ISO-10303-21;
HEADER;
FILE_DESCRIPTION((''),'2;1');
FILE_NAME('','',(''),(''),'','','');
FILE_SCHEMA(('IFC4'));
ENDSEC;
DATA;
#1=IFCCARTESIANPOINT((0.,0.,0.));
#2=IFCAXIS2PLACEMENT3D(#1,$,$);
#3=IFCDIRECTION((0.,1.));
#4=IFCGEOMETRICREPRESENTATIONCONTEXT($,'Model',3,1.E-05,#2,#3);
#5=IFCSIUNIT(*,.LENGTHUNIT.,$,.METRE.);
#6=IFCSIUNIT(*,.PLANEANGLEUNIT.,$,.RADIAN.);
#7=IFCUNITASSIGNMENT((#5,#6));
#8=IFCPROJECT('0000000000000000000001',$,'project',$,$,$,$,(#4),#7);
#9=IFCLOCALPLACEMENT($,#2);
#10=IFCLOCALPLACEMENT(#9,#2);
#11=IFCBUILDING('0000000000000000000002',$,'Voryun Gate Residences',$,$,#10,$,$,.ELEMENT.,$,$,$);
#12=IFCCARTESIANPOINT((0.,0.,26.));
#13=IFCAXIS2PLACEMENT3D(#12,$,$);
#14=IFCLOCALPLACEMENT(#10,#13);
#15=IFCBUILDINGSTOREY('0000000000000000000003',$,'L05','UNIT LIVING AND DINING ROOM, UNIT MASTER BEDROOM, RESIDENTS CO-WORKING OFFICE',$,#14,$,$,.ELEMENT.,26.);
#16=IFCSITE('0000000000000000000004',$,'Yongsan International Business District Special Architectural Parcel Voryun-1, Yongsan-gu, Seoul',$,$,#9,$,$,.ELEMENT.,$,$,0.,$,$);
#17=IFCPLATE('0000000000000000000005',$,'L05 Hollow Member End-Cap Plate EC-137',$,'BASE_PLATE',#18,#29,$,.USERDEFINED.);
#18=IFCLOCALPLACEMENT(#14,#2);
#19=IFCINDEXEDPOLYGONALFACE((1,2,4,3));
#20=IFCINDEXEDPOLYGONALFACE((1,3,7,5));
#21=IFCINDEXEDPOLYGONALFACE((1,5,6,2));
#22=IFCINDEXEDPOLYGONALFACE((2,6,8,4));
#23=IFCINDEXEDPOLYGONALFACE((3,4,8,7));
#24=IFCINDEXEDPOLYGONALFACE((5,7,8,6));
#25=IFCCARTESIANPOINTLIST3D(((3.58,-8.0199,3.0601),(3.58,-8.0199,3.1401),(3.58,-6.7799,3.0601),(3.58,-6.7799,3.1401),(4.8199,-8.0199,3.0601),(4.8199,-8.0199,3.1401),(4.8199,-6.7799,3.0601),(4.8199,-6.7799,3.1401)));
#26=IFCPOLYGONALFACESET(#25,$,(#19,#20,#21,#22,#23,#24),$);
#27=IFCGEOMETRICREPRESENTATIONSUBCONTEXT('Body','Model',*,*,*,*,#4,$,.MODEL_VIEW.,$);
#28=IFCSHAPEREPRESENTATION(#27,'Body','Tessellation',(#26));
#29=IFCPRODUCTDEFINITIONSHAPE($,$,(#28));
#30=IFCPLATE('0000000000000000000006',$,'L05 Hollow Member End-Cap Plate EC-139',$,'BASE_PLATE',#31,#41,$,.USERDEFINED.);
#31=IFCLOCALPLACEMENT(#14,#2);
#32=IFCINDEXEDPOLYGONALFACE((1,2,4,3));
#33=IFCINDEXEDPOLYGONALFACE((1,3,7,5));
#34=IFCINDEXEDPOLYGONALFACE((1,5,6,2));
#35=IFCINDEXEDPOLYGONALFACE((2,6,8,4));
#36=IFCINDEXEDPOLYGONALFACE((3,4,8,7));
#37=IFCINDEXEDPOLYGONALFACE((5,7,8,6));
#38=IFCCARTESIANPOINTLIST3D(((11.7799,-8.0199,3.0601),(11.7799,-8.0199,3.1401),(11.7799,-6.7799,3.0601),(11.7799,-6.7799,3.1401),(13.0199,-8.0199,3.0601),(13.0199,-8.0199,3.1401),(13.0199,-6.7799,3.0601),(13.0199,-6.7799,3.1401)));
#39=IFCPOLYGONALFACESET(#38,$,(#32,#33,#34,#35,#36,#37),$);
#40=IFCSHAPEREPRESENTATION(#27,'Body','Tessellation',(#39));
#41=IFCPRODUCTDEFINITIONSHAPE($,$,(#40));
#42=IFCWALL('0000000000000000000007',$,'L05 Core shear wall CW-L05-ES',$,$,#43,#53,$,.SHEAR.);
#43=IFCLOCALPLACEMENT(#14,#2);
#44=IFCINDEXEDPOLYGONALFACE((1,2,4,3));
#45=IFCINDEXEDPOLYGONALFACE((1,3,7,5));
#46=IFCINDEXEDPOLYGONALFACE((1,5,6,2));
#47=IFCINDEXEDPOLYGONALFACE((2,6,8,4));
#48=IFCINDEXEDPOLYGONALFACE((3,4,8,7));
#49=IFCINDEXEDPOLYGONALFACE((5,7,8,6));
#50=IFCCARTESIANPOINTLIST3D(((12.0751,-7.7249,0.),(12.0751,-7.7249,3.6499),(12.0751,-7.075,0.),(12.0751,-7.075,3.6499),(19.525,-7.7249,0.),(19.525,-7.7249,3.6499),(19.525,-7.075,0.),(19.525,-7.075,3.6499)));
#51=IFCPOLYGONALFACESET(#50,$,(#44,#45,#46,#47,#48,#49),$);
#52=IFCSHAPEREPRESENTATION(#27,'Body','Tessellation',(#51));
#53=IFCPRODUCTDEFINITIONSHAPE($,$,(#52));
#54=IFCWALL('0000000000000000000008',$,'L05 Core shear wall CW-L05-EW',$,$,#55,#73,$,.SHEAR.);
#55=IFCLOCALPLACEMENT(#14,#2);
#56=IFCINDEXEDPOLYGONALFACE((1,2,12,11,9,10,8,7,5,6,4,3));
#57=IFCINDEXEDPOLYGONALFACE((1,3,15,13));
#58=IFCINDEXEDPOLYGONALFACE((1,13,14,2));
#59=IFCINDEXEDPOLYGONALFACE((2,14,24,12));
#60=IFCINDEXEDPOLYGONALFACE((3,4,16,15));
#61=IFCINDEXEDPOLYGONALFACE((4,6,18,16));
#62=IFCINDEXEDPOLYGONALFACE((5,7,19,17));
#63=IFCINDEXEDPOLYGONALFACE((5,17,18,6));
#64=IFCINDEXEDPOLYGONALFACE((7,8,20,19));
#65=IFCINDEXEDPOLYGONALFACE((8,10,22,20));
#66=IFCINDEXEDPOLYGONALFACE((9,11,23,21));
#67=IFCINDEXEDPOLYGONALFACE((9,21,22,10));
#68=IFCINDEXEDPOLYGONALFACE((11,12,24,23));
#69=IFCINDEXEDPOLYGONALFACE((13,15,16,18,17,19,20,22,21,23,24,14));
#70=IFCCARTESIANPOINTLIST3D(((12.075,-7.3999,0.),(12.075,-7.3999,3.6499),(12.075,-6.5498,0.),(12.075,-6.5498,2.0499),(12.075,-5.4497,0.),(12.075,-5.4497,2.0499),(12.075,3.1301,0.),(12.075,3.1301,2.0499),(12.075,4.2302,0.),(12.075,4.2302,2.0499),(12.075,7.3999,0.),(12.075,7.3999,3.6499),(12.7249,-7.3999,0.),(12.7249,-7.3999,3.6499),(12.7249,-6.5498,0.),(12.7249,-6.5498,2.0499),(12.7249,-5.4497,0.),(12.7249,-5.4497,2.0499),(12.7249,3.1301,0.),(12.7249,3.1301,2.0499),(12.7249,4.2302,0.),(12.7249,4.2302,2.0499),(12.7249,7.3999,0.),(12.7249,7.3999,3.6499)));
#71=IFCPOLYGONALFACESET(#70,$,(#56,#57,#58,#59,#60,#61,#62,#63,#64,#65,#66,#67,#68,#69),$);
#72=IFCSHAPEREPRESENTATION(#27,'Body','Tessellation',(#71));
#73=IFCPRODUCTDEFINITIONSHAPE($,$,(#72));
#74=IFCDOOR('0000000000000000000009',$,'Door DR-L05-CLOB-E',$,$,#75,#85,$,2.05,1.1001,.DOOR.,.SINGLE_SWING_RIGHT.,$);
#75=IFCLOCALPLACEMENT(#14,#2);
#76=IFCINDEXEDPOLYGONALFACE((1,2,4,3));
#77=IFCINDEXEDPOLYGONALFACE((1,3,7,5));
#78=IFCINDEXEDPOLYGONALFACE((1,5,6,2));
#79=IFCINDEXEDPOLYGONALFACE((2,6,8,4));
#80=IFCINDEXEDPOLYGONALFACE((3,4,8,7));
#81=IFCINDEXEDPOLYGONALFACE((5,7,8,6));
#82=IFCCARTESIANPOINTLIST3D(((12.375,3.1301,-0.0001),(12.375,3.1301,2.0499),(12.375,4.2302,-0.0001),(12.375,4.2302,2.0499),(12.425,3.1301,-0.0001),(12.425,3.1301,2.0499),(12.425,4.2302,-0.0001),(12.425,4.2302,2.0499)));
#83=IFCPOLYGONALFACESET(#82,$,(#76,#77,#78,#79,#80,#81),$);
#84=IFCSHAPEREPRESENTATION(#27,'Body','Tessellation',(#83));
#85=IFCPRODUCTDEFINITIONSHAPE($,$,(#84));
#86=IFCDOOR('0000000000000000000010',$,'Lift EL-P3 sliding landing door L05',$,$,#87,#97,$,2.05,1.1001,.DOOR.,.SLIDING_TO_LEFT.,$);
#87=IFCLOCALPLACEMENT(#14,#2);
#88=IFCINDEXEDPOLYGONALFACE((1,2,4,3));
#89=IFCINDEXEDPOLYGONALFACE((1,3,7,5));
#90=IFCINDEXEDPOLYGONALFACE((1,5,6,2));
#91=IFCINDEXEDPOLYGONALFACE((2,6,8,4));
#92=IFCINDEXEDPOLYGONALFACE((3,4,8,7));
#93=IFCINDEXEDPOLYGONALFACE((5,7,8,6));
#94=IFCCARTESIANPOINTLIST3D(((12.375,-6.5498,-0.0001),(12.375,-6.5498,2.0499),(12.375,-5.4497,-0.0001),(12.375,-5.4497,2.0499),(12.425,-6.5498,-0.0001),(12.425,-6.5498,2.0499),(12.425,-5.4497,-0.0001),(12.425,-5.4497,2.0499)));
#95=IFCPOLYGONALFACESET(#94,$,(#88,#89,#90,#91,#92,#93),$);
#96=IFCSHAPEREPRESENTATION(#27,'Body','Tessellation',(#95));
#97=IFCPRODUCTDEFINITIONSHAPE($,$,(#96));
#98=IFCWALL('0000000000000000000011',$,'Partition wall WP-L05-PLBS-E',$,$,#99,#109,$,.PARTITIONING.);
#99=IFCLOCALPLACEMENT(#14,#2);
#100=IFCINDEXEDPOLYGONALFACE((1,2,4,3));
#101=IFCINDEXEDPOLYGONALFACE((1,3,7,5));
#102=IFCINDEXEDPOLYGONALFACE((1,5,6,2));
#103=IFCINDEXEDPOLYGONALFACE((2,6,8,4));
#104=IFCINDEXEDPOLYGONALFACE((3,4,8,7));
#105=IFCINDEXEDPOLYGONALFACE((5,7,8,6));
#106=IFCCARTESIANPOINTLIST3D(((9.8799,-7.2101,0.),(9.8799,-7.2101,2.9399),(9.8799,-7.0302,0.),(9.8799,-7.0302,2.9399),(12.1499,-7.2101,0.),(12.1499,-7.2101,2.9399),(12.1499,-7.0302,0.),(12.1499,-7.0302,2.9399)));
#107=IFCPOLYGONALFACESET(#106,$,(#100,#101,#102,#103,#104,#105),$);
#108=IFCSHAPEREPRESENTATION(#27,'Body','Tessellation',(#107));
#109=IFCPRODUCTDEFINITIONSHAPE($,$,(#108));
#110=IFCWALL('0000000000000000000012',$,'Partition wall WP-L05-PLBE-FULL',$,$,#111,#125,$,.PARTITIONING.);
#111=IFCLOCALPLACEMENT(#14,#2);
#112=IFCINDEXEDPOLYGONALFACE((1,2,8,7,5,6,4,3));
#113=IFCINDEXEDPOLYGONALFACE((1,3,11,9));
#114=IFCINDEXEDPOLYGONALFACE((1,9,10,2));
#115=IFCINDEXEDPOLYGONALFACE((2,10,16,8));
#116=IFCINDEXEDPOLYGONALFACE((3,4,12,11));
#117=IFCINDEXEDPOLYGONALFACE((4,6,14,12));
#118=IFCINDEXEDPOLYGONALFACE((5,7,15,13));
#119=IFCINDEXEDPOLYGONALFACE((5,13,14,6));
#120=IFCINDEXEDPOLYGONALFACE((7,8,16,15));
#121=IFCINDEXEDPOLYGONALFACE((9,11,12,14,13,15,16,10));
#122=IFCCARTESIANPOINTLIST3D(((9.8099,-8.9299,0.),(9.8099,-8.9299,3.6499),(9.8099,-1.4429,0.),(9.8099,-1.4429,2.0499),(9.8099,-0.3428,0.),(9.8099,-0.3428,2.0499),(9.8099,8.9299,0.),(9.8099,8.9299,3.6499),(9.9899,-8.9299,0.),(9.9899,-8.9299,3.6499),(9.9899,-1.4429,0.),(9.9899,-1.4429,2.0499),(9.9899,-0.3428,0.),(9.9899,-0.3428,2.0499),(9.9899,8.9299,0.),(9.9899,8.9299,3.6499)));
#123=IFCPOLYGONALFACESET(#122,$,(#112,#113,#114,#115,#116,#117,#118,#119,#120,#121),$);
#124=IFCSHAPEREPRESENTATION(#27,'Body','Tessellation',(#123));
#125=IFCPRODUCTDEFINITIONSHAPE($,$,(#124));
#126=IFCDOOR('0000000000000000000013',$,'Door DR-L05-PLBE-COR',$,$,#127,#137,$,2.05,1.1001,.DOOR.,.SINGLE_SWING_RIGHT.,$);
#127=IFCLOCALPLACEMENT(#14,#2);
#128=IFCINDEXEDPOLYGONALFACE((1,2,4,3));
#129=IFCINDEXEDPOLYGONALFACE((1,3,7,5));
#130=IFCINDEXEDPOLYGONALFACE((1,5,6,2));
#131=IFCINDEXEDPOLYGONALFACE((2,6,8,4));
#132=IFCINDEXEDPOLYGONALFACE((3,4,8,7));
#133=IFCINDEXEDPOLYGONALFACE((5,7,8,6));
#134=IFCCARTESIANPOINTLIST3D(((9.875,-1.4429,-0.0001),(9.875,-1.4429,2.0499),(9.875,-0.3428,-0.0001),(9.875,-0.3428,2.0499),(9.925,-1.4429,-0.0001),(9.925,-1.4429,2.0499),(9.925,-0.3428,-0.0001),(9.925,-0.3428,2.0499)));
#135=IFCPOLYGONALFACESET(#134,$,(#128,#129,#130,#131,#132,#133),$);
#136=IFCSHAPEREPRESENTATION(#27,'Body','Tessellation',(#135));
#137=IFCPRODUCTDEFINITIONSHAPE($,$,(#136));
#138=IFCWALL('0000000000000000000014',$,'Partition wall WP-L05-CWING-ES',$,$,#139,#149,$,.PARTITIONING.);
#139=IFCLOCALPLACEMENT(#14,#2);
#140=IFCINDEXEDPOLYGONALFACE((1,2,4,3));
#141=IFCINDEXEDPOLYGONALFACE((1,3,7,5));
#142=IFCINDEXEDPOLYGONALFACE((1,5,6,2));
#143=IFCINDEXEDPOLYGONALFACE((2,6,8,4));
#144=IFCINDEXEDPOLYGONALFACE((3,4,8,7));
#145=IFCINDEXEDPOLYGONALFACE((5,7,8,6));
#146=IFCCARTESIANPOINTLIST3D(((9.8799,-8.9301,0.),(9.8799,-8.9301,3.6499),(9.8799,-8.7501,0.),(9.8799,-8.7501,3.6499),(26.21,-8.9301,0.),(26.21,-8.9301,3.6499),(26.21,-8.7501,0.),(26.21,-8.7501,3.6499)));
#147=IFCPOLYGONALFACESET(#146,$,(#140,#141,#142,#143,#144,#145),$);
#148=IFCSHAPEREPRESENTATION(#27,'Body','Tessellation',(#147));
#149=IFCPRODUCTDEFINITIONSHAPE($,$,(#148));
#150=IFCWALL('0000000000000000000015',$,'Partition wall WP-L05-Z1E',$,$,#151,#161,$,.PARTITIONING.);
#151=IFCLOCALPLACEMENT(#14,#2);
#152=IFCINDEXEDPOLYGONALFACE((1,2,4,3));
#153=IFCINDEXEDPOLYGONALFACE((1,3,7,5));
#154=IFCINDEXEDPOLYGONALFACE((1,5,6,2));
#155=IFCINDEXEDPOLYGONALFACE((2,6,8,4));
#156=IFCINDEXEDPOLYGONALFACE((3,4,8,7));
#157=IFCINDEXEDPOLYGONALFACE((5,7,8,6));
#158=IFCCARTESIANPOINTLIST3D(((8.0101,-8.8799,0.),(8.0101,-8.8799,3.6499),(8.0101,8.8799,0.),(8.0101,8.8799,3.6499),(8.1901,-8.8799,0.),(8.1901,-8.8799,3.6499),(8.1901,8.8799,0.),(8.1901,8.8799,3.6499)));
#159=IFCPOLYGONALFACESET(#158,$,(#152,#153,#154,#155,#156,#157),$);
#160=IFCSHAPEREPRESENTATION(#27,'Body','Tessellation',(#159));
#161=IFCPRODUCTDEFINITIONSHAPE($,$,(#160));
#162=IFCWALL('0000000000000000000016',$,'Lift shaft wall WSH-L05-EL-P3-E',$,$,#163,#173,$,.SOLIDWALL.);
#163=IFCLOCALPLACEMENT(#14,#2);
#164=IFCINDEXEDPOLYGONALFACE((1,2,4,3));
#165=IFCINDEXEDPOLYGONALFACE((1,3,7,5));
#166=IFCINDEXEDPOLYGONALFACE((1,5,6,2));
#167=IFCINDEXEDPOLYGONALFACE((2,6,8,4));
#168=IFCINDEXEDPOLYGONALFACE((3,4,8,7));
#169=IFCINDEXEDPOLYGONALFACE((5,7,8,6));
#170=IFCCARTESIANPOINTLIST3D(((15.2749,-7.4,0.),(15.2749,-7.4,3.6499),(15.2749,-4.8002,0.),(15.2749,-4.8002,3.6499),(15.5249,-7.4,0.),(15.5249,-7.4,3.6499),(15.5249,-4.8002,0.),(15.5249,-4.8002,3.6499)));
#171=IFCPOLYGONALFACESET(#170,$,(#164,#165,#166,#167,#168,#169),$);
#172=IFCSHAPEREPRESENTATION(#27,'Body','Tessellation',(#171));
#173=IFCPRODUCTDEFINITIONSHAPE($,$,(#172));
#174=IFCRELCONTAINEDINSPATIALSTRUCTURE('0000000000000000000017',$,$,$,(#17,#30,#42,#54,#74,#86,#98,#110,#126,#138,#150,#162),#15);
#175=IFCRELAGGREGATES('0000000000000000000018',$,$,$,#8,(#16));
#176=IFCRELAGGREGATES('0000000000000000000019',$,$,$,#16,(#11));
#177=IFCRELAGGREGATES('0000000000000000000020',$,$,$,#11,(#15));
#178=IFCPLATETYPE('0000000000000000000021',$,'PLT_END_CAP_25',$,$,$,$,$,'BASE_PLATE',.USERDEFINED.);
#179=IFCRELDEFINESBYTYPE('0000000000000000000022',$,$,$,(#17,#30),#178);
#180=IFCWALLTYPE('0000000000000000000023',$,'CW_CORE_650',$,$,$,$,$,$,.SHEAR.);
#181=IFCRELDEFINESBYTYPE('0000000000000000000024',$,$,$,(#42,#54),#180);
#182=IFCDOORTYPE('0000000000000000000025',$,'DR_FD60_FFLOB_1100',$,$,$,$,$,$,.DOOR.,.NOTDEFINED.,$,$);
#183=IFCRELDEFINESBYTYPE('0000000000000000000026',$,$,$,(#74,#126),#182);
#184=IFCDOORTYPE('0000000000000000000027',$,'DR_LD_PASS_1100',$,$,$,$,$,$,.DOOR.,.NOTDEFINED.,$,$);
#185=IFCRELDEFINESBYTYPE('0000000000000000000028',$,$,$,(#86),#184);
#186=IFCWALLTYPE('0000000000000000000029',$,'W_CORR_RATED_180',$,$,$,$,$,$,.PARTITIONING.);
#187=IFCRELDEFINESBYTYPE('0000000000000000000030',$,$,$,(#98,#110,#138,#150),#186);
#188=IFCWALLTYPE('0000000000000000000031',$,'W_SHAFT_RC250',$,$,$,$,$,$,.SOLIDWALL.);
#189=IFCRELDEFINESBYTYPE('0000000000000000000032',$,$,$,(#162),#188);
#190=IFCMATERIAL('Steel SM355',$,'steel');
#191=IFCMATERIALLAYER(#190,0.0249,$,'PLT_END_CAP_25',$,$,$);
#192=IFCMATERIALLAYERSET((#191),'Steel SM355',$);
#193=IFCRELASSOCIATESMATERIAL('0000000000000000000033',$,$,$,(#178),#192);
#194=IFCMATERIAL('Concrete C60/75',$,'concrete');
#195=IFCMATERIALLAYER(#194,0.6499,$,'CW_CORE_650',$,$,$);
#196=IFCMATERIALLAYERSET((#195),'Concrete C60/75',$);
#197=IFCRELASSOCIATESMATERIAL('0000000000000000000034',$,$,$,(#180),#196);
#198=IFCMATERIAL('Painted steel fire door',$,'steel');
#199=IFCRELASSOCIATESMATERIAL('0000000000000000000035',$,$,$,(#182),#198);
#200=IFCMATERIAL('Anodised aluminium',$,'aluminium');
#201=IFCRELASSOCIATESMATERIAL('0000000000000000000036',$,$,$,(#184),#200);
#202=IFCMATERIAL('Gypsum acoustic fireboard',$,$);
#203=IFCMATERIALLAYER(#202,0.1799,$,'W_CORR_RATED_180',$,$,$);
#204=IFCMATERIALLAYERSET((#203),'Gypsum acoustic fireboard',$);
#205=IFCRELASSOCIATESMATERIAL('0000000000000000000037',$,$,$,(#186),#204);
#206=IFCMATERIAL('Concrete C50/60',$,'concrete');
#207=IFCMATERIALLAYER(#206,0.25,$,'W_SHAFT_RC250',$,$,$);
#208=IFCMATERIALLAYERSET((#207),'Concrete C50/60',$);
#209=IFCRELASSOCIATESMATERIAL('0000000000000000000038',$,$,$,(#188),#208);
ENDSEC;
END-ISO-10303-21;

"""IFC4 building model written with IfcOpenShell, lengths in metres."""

from ifc_helpers import new_model, si_unit, direction, frame, frame_2d, origin, origin_2d, place, context, subcontext, project, spatial, rectangle, extrude, material, layer, layer_set, type_object, element, fill, save


model = new_model("IFC4")

# Units and contexts
model_context = context("Model", 3, precision=1e-05, world=origin(), true_north=direction((0.0, 1.0)))
body_context = subcontext(model_context, "Body", "Model", "MODEL_VIEW")
ifc_project = project(units=[si_unit("LENGTHUNIT", "METRE"), si_unit("PLANEANGLEUNIT", "RADIAN")], contexts=[model_context])

# Site, building, storey
site_placement = place(None, origin())
site = spatial("IfcSite", under=ifc_project, at=site_placement, Name="Yongsan International Business District Special Architectural Parcel Voryun-1, Yongsan-gu, Seoul", CompositionType="ELEMENT", RefElevation=0.0)
building_placement = place(site_placement, origin())
building = spatial("IfcBuilding", under=site, at=building_placement, Name="Voryun Gate Residences", CompositionType="ELEMENT")
storey_placement = place(building_placement, frame((0.0, 0.0, 26.0)))
storey = spatial("IfcBuildingStorey", under=building, at=storey_placement, Name="L05", Description="UNIT LIVING AND DINING ROOM, UNIT MASTER BEDROOM, RESIDENTS CO-WORKING OFFICE", CompositionType="ELEMENT", Elevation=26.0)

# Plates
ifc_material_1 = material(Name="Steel SM355", Category="steel")
ifc_layer_1 = layer(ifc_material_1, 0.0249, Name="PLT_END_CAP_25")
ifc_layer_set_1 = layer_set([ifc_layer_1], Name="Steel SM355")
plate_type = type_object("IfcPlateType", Name="PLT_END_CAP_25", ElementType="BASE_PLATE", PredefinedType="USERDEFINED", material=ifc_layer_set_1)
for number, where, z_axis, x_axis, name in (
    (1, (4.2, -7.3999, 3.0601), (0.0, 0.0, 1.0), (1.0, 0.0, 0.0), "L05 Hollow Member End-Cap Plate EC-137"),
    (2, (12.3999, -7.3999, 3.0601), (0.0, 0.0, 1.0), (1.0, 0.0, 0.0), "L05 Hollow Member End-Cap Plate EC-139"),
):
    element("IfcPlate", number, at=place(storey_placement, frame(where, z_axis=z_axis, x_axis=x_axis)), inside=storey, type_object=plate_type, Name=name, ObjectType="BASE_PLATE", PredefinedType="USERDEFINED", context=body_context, shape_type="SweptSolid", body=[
        extrude(rectangle(XDim=1.24, YDim=1.24, at=origin_2d()), origin(), (0.0, 0.0, 1.0), 0.0801),
    ])

# Wall
ifc_material_2 = material(Name="Concrete C60/75", Category="concrete")
ifc_layer_2 = layer(ifc_material_2, 0.6499, Name="CW_CORE_650")
ifc_layer_set_2 = layer_set([ifc_layer_2], Name="Concrete C60/75")
wall_type_1 = type_object("IfcWallType", Name="CW_CORE_650", PredefinedType="SHEAR", material=ifc_layer_set_2)
wall_1_placement = place(storey_placement, frame((12.075, -7.3999, 0.0), z_axis=(0.0, 0.0, 1.0), x_axis=(1.0, 0.0, 0.0)))
element("IfcWall", 3, at=wall_1_placement, inside=storey, type_object=wall_type_1, Name="L05 Core shear wall CW-L05-ES", PredefinedType="SHEAR", context=body_context, shape_type="SweptSolid", body=[
    extrude(rectangle(XDim=7.45, YDim=0.6499, at=frame_2d((3.7251, 0.0))), origin(), (0.0, 0.0, 1.0), 3.6499),
])

# Wall, openings, doors
wall_2_placement = place(storey_placement, frame((12.3999, -7.3999, 0.0), z_axis=(0.0, 0.0, 1.0), x_axis=(0.0, 1.0, 0.0)))
wall_2 = element("IfcWall", 4, at=wall_2_placement, inside=storey, type_object=wall_type_1, Name="L05 Core shear wall CW-L05-EW", PredefinedType="SHEAR", context=body_context, shape_type="SweptSolid", body=[
    extrude(rectangle(XDim=14.7998, YDim=0.6499, at=frame_2d((7.3999, 0.0))), origin(), (0.0, 0.0, 1.0), 3.6499),
])
opening_1_placement = place(wall_2_placement, frame((0.8501, 0.0, 0.0)))
opening_1 = element("IfcOpeningElement", 5, at=opening_1_placement, cuts=wall_2, PredefinedType="OPENING", context=body_context, shape_type="SweptSolid", body=[
    extrude(rectangle(XDim=1.1001, YDim=2.05, at=frame_2d((0.55, 1.0249))), frame((0.0, 0.335, 0.0), z_axis=(0.0, -1.0, 0.0), x_axis=(1.0, 0.0, 0.0)), (0.0, 0.0, 1.0), 0.6699),
])
opening_2_placement = place(wall_2_placement, frame((10.53, 0.0, 0.0)))
opening_2 = element("IfcOpeningElement", 6, at=opening_2_placement, cuts=wall_2, PredefinedType="OPENING", context=body_context, shape_type="SweptSolid", body=[
    extrude(rectangle(XDim=1.1001, YDim=2.05, at=frame_2d((0.55, 1.0249))), frame((0.0, 0.335, 0.0), z_axis=(0.0, -1.0, 0.0), x_axis=(1.0, 0.0, 0.0)), (0.0, 0.0, 1.0), 0.6699),
])
ifc_material_3 = material(Name="Painted steel fire door", Category="steel")
door_type_1 = type_object("IfcDoorType", Name="DR_FD60_FFLOB_1100", OperationType="NOTDEFINED", PredefinedType="DOOR", material=ifc_material_3)
door_1_placement = place(opening_2_placement, origin())
door_1 = element("IfcDoor", 7, at=door_1_placement, inside=storey, type_object=door_type_1, Name="Door DR-L05-CLOB-E", OperationType="SINGLE_SWING_RIGHT", OverallHeight=2.05, OverallWidth=1.1001, PredefinedType="DOOR", context=body_context, shape_type="SweptSolid", body=[
    extrude(rectangle(XDim=1.1001, YDim=2.05, at=frame_2d((0.55, 1.0249))), frame((0.0, 0.0249, 0.0), z_axis=(0.0, -1.0, 0.0), x_axis=(1.0, 0.0, 0.0)), (0.0, 0.0, 1.0), 0.05),
])
fill(opening_2, door_1)
ifc_material_4 = material(Name="Anodised aluminium", Category="aluminium")
door_type_2 = type_object("IfcDoorType", Name="DR_LD_PASS_1100", OperationType="NOTDEFINED", PredefinedType="DOOR", material=ifc_material_4)
door_2_placement = place(opening_1_placement, origin())
door_2 = element("IfcDoor", 8, at=door_2_placement, inside=storey, type_object=door_type_2, Name="Lift EL-P3 sliding landing door L05", OperationType="SLIDING_TO_LEFT", OverallHeight=2.05, OverallWidth=1.1001, PredefinedType="DOOR", context=body_context, shape_type="SweptSolid", body=[
    extrude(rectangle(XDim=1.1001, YDim=2.05, at=frame_2d((0.55, 1.0249))), frame((0.0, 0.0249, 0.0), z_axis=(0.0, -1.0, 0.0), x_axis=(1.0, 0.0, 0.0)), (0.0, 0.0, 1.0), 0.05),
])
fill(opening_1, door_2)

# Wall
ifc_material_5 = material(Name="Gypsum acoustic fireboard")
ifc_layer_3 = layer(ifc_material_5, 0.1799, Name="W_CORR_RATED_180")
ifc_layer_set_3 = layer_set([ifc_layer_3], Name="Gypsum acoustic fireboard")
wall_type_2 = type_object("IfcWallType", Name="W_CORR_RATED_180", PredefinedType="PARTITIONING", material=ifc_layer_set_3)
wall_3_placement = place(storey_placement, frame((9.8799, -7.1201, 0.0), z_axis=(0.0, 0.0, 1.0), x_axis=(1.0, 0.0, 0.0)))
element("IfcWall", 9, at=wall_3_placement, inside=storey, type_object=wall_type_2, Name="Partition wall WP-L05-PLBS-E", PredefinedType="PARTITIONING", context=body_context, shape_type="SweptSolid", body=[
    extrude(rectangle(XDim=2.27, YDim=0.1799, at=frame_2d((1.135, 0.0))), origin(), (0.0, 0.0, 1.0), 2.9399),
])

# Wall, opening, door
wall_4_placement = place(storey_placement, frame((9.8999, -8.9299, 0.0), z_axis=(0.0, 0.0, 1.0), x_axis=(0.0, 1.0, 0.0)))
wall_4 = element("IfcWall", 10, at=wall_4_placement, inside=storey, type_object=wall_type_2, Name="Partition wall WP-L05-PLBE-FULL", PredefinedType="PARTITIONING", context=body_context, shape_type="SweptSolid", body=[
    extrude(rectangle(XDim=17.8599, YDim=0.1799, at=frame_2d((8.9299, 0.0))), origin(), (0.0, 0.0, 1.0), 3.6499),
])
opening_3_placement = place(wall_4_placement, frame((7.4871, 0.0, 0.0)))
opening_3 = element("IfcOpeningElement", 11, at=opening_3_placement, cuts=wall_4, PredefinedType="OPENING", context=body_context, shape_type="SweptSolid", body=[
    extrude(rectangle(XDim=1.1001, YDim=2.05, at=frame_2d((0.55, 1.0249))), frame((0.0, 0.0999, 0.0), z_axis=(0.0, -1.0, 0.0), x_axis=(1.0, 0.0, 0.0)), (0.0, 0.0, 1.0), 0.2),
])
door_3_placement = place(opening_3_placement, origin())
door_3 = element("IfcDoor", 12, at=door_3_placement, inside=storey, type_object=door_type_1, Name="Door DR-L05-PLBE-COR", OperationType="SINGLE_SWING_RIGHT", OverallHeight=2.05, OverallWidth=1.1001, PredefinedType="DOOR", context=body_context, shape_type="SweptSolid", body=[
    extrude(rectangle(XDim=1.1001, YDim=2.05, at=frame_2d((0.55, 1.0249))), frame((0.0, 0.0249, 0.0), z_axis=(0.0, -1.0, 0.0), x_axis=(1.0, 0.0, 0.0)), (0.0, 0.0, 1.0), 0.05),
])
fill(opening_3, door_3)

# Walls
wall_5_placement = place(storey_placement, frame((9.8799, -8.8401, 0.0), z_axis=(0.0, 0.0, 1.0), x_axis=(1.0, 0.0, 0.0)))
element("IfcWall", 13, at=wall_5_placement, inside=storey, type_object=wall_type_2, Name="Partition wall WP-L05-CWING-ES", PredefinedType="PARTITIONING", context=body_context, shape_type="SweptSolid", body=[
    extrude(rectangle(XDim=16.3301, YDim=0.1799, at=frame_2d((8.165, 0.0))), origin(), (0.0, 0.0, 1.0), 3.6499),
])
wall_6_placement = place(storey_placement, frame((8.1001, -8.8799, 0.0), z_axis=(0.0, 0.0, 1.0), x_axis=(0.0, 1.0, 0.0)))
element("IfcWall", 14, at=wall_6_placement, inside=storey, type_object=wall_type_2, Name="Partition wall WP-L05-Z1E", PredefinedType="PARTITIONING", context=body_context, shape_type="SweptSolid", body=[
    extrude(rectangle(XDim=17.7598, YDim=0.1799, at=frame_2d((8.8799, 0.0))), origin(), (0.0, 0.0, 1.0), 3.6499),
])
ifc_material_6 = material(Name="Concrete C50/60", Category="concrete")
ifc_layer_4 = layer(ifc_material_6, 0.25, Name="W_SHAFT_RC250")
ifc_layer_set_4 = layer_set([ifc_layer_4], Name="Concrete C50/60")
wall_type_3 = type_object("IfcWallType", Name="W_SHAFT_RC250", PredefinedType="SOLIDWALL", material=ifc_layer_set_4)
wall_7_placement = place(storey_placement, frame((15.3999, -7.3999, 0.0), z_axis=(0.0, 0.0, 1.0), x_axis=(0.0, 1.0, 0.0)))
element("IfcWall", 15, at=wall_7_placement, inside=storey, type_object=wall_type_3, Name="Lift shaft wall WSH-L05-EL-P3-E", PredefinedType="SOLIDWALL", context=body_context, shape_type="SweptSolid", body=[
    extrude(rectangle(XDim=2.5999, YDim=0.25, at=frame_2d((1.2998, 0.0))), origin(), (0.0, 0.0, 1.0), 3.6499),
])

save(model, "model.ifc")
